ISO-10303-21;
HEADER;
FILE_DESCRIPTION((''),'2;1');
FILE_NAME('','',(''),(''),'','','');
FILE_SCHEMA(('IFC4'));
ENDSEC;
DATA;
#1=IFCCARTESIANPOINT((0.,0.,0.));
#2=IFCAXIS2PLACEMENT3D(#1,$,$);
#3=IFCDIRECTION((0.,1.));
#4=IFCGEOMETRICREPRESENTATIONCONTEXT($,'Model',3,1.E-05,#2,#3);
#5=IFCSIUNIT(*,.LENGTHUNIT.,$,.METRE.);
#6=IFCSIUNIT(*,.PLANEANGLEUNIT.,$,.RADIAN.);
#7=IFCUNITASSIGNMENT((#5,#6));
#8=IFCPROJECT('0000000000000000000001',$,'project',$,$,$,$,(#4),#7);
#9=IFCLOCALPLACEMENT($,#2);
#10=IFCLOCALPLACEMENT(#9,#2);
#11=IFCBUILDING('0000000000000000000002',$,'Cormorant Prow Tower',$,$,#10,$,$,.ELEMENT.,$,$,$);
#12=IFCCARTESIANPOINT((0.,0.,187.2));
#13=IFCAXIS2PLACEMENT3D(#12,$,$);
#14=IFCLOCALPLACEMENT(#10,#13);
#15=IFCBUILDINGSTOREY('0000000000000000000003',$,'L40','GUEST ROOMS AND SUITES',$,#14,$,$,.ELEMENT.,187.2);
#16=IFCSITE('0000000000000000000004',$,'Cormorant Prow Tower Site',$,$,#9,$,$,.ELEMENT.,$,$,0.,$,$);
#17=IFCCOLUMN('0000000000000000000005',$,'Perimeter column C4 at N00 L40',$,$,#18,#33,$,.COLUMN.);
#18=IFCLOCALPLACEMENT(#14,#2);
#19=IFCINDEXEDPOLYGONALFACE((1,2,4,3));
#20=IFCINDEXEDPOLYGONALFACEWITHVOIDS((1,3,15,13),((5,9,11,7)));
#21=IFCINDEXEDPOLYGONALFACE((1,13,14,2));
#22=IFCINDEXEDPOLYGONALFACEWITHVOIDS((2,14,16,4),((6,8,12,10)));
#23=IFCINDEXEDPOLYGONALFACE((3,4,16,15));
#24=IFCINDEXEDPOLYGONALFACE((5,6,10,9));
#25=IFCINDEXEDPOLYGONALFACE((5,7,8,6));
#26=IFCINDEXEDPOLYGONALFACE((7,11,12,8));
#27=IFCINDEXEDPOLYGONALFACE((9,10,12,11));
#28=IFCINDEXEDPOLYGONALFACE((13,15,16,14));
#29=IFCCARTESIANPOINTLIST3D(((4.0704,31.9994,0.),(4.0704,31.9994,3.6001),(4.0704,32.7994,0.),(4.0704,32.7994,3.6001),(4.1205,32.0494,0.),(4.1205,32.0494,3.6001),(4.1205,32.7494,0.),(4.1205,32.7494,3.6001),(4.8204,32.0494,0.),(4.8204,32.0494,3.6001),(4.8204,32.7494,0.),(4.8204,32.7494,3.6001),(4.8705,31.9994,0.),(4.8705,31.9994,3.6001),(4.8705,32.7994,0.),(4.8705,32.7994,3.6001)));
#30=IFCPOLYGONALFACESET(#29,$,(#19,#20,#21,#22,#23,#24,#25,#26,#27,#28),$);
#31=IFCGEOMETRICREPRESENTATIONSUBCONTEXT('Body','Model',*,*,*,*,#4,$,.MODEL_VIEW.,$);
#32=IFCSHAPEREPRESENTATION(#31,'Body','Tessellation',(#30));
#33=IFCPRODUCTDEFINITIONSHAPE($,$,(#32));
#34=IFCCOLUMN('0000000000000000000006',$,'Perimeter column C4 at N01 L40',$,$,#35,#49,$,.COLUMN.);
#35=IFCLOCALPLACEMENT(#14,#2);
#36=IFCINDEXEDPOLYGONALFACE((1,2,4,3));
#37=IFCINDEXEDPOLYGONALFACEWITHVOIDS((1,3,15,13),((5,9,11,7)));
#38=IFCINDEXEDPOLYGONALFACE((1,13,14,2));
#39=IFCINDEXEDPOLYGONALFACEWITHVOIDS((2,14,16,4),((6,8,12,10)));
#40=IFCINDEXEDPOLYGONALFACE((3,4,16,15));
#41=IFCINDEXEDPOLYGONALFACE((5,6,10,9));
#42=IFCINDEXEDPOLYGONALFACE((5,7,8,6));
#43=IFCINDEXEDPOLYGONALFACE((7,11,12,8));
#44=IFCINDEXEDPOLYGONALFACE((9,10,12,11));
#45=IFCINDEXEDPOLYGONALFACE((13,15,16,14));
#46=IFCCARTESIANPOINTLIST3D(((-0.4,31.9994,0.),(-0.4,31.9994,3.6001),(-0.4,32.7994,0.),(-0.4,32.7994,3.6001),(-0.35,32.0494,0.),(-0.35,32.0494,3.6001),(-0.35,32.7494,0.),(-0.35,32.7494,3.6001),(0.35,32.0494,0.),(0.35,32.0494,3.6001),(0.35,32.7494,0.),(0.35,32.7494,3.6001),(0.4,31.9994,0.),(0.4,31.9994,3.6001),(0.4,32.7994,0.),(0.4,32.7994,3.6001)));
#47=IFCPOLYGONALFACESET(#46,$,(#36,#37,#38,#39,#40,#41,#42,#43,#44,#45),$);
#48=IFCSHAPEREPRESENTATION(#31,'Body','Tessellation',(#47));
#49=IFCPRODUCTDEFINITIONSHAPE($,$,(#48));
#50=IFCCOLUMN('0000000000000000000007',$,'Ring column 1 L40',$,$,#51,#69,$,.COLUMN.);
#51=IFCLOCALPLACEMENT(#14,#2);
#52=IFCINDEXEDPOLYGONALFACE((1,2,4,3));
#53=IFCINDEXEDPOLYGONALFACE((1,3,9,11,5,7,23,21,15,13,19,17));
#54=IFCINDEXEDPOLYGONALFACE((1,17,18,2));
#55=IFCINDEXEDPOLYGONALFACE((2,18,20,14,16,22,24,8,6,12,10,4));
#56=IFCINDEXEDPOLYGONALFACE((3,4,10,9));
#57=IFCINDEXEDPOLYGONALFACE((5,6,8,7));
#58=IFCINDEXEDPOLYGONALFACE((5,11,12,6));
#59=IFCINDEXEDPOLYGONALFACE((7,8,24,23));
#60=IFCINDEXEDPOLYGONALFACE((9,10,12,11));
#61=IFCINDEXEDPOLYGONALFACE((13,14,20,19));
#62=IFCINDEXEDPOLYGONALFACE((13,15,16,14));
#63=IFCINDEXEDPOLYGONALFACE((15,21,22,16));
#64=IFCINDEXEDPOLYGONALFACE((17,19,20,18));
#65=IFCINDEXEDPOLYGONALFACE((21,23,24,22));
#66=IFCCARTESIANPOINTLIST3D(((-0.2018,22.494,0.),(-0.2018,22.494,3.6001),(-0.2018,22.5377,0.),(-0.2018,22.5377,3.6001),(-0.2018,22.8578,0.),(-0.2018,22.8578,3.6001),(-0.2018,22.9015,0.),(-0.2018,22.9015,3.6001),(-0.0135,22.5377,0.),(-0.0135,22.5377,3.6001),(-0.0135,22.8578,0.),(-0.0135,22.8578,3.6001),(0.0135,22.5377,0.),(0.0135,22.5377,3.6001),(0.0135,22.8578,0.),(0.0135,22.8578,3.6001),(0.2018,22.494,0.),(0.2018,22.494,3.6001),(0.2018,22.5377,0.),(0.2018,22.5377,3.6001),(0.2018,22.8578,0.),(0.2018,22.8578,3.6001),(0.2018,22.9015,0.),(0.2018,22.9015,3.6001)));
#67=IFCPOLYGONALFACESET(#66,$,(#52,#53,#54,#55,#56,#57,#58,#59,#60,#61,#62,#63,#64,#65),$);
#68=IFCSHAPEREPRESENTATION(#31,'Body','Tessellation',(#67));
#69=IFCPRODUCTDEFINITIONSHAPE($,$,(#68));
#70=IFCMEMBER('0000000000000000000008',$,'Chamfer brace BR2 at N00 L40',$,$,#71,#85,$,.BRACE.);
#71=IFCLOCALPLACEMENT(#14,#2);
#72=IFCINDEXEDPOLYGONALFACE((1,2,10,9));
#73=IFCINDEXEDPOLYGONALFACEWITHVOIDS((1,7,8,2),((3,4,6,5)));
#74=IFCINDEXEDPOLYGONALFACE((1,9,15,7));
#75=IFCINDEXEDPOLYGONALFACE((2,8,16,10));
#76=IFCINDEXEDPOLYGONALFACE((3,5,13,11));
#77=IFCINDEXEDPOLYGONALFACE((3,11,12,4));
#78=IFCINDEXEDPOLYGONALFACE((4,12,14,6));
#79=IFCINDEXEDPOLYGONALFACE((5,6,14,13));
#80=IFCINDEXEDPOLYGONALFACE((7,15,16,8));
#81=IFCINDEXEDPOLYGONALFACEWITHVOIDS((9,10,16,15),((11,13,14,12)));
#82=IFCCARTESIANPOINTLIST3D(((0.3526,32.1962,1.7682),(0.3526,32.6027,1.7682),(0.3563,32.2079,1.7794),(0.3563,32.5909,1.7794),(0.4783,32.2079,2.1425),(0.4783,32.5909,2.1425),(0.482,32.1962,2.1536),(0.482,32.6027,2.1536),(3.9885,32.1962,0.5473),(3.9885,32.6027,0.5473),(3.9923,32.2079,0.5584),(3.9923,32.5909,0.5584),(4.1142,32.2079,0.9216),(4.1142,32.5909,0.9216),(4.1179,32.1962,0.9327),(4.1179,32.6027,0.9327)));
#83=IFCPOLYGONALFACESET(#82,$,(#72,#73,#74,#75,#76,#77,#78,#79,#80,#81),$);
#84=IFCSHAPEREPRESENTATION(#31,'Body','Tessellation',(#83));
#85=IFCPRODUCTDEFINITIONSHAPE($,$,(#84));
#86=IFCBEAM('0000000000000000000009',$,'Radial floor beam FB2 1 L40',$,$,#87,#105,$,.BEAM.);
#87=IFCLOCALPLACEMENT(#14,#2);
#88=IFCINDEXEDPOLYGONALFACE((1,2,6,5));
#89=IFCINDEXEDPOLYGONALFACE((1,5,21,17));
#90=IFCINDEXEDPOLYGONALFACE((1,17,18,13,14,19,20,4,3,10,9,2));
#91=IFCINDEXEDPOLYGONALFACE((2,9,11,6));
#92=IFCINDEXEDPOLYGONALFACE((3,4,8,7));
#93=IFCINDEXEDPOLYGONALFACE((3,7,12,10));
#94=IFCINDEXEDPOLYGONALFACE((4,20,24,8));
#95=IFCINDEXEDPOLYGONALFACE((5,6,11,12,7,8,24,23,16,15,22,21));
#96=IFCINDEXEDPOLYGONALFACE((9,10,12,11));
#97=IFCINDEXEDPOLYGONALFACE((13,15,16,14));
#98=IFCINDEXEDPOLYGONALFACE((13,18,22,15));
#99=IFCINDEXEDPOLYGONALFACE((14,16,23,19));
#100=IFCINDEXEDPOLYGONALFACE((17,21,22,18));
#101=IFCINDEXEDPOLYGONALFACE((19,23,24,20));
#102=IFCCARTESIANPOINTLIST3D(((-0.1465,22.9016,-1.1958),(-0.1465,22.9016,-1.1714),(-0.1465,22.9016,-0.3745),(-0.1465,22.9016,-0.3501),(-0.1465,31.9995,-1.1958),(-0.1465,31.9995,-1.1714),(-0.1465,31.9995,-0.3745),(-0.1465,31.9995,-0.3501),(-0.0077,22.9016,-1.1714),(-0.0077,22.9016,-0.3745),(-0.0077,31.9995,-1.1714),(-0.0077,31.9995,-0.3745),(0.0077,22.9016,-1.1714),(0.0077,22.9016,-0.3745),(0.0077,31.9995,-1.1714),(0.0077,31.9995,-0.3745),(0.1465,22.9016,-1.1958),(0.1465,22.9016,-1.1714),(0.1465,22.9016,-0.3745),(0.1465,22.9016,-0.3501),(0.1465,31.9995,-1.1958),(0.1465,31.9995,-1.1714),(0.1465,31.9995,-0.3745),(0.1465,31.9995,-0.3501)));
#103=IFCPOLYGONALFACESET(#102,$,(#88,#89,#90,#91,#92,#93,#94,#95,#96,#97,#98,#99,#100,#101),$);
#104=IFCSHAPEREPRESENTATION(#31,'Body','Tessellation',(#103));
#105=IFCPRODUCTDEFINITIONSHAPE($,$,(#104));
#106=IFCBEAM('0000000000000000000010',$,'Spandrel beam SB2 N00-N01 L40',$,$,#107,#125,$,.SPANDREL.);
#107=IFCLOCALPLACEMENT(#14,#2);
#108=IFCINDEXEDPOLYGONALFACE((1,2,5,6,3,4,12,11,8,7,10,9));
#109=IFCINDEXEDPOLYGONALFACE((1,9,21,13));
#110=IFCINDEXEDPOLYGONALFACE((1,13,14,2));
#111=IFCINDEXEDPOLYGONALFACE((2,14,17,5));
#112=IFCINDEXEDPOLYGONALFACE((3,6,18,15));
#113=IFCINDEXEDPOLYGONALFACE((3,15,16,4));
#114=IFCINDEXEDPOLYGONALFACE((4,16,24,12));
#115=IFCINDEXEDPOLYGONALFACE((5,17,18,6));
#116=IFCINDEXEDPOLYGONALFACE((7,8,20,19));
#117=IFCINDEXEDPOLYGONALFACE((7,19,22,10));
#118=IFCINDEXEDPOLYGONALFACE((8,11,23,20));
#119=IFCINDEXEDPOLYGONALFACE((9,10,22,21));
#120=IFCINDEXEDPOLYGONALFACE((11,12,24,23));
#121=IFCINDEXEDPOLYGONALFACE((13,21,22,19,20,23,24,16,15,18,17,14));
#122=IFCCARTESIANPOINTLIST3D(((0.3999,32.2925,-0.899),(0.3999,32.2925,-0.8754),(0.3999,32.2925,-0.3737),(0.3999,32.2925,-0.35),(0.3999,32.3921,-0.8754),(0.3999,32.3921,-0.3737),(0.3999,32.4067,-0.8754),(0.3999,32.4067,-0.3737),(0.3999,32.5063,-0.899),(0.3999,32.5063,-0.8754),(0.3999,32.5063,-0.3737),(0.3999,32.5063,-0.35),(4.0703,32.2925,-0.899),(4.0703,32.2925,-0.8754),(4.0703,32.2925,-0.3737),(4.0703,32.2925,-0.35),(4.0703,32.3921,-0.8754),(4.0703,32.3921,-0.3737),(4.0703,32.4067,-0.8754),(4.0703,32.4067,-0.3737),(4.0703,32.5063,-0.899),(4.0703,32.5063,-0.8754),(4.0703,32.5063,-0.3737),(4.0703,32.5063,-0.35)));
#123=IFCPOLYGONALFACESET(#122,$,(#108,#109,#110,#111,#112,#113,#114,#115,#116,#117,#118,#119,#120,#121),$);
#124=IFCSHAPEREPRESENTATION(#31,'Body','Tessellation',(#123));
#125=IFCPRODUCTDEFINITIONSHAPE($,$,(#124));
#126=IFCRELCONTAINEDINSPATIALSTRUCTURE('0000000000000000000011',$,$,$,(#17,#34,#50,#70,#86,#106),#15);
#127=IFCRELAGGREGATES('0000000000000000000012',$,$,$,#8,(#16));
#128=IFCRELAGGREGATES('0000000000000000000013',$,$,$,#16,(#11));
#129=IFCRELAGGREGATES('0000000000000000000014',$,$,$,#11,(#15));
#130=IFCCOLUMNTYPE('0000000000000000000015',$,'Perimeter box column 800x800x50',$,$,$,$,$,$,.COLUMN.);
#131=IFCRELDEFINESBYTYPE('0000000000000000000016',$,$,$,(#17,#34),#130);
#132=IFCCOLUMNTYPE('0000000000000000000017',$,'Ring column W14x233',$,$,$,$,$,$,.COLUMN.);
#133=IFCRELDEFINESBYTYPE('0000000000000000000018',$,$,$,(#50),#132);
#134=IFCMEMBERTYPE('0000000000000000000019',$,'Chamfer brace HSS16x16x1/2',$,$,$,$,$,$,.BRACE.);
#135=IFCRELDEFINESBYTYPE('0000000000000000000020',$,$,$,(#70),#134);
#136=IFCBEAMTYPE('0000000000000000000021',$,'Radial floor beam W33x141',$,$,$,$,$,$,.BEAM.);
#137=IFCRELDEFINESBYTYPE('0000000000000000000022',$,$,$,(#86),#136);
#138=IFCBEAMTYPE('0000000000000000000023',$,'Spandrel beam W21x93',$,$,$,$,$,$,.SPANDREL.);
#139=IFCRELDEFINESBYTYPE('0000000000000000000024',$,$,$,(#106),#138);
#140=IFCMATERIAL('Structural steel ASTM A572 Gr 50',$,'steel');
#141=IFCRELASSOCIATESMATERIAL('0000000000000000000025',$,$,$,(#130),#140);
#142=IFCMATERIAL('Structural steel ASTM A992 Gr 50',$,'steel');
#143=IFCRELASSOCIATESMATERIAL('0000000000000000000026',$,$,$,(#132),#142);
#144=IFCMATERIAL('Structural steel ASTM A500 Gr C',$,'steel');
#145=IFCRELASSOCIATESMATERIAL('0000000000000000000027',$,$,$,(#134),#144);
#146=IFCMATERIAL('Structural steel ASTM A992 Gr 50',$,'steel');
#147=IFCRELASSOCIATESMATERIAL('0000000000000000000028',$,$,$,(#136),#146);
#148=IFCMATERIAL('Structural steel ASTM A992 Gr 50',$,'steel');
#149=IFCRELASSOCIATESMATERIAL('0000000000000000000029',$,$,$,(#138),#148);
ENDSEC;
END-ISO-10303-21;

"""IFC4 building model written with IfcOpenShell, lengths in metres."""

from ifc_helpers import new_model, si_unit, direction, frame, origin, origin_2d, place, context, subcontext, project, spatial, hollow_rectangle, i_section, extrude, material, material_profile, profile_set, type_object, element, save


model = new_model("IFC4")

# Units and contexts
model_context = context("Model", 3, precision=1e-05, world=origin(), true_north=direction((0.0, 1.0)))
body_context = subcontext(model_context, "Body", "Model", "MODEL_VIEW")
ifc_project = project(units=[si_unit("LENGTHUNIT", "METRE"), si_unit("PLANEANGLEUNIT", "RADIAN")], contexts=[model_context])

# Site, building, storey
site_placement = place(None, origin())
site = spatial("IfcSite", under=ifc_project, at=site_placement, Name="Cormorant Prow Tower Site", CompositionType="ELEMENT", RefElevation=0.0)
building_placement = place(site_placement, origin())
building = spatial("IfcBuilding", under=site, at=building_placement, Name="Cormorant Prow Tower", CompositionType="ELEMENT")
storey_placement = place(building_placement, frame((0.0, 0.0, 187.2)))
storey = spatial("IfcBuildingStorey", under=building, at=storey_placement, Name="L40", Description="GUEST ROOMS AND SUITES", CompositionType="ELEMENT", Elevation=187.2)

# Columns
ifc_material_1 = material(Name="Structural steel ASTM A572 Gr 50", Category="steel")
ifc_material_profile_1 = material_profile(ifc_material_1, hollow_rectangle(XDim=0.8, YDim=0.8, WallThickness=0.05, at=origin_2d()), Name="Box 800x800x50")
ifc_profile_set_1 = profile_set([ifc_material_profile_1], Name="Structural steel ASTM A572 Gr 50")
column_type_1 = type_object("IfcColumnType", Name="Perimeter box column 800x800x50", PredefinedType="COLUMN", material=ifc_profile_set_1)
for number, where, z_axis, x_axis, name in (
    (1, (4.4705, 32.3994, 0.0), (0.0, 0.0, 1.0), (1.0, 0.0, 0.0), "Perimeter column C4 at N00 L40"),
    (2, (0.0, 32.3994, 0.0), (0.0, 0.0, 1.0), (1.0, 0.0, 0.0), "Perimeter column C4 at N01 L40"),
):
    element("IfcColumn", number, at=place(storey_placement, frame(where, z_axis=z_axis, x_axis=x_axis)), inside=storey, type_object=column_type_1, Name=name, PredefinedType="COLUMN", context=body_context, shape_type="SweptSolid", body=[
        extrude(hollow_rectangle(XDim=0.8, YDim=0.8, WallThickness=0.05, at=origin_2d()), origin(), (0.0, 0.0, 1.0), 3.6001),
    ])
ifc_material_2 = material(Name="Structural steel ASTM A992 Gr 50", Category="steel")
ifc_material_profile_2 = material_profile(ifc_material_2, i_section(OverallWidth=0.4036, OverallDepth=0.4075, WebThickness=0.0271, FlangeThickness=0.0437, at=origin_2d()), Name="W14x233")
ifc_profile_set_2 = profile_set([ifc_material_profile_2], Name="Structural steel ASTM A992 Gr 50")
column_type_2 = type_object("IfcColumnType", Name="Ring column W14x233", PredefinedType="COLUMN", material=ifc_profile_set_2)
column_placement = place(storey_placement, frame((0.0, 22.6978, 0.0), z_axis=(0.0, 0.0, 1.0), x_axis=(1.0, 0.0, 0.0)))
element("IfcColumn", 3, at=column_placement, inside=storey, type_object=column_type_2, Name="Ring column 1 L40", PredefinedType="COLUMN", context=body_context, shape_type="SweptSolid", body=[
    extrude(i_section(OverallWidth=0.4036, OverallDepth=0.4075, WebThickness=0.0271, FlangeThickness=0.0437, at=origin_2d()), origin(), (0.0, 0.0, 1.0), 3.6001),
])

# Member
ifc_material_3 = material(Name="Structural steel ASTM A500 Gr C", Category="steel")
ifc_material_profile_3 = material_profile(ifc_material_3, hollow_rectangle(XDim=0.4065, YDim=0.4065, WallThickness=0.0117, at=origin_2d()), Name="HSS16x16x1/2")
ifc_profile_set_3 = profile_set([ifc_material_profile_3], Name="Structural steel ASTM A500 Gr C")
member_type = type_object("IfcMemberType", Name="Chamfer brace HSS16x16x1/2", PredefinedType="BRACE", material=ifc_profile_set_3)
member_placement = place(storey_placement, frame((4.0532, 32.3994, 0.74), z_axis=(-0.947981, 0.0, 0.318328), x_axis=(0.0, -1.0, 0.0)))
element("IfcMember", 4, at=member_placement, inside=storey, type_object=member_type, Name="Chamfer brace BR2 at N00 L40", PredefinedType="BRACE", context=body_context, shape_type="SweptSolid", body=[
    extrude(hollow_rectangle(XDim=0.4065, YDim=0.4065, WallThickness=0.0117, at=origin_2d()), origin(), (0.0, 0.0, 1.0), 3.8354),
])

# Beams
ifc_material_4 = material(Name="Structural steel ASTM A992 Gr 50", Category="steel")
ifc_material_profile_4 = material_profile(ifc_material_4, i_section(OverallWidth=0.293, OverallDepth=0.8457, WebThickness=0.0154, FlangeThickness=0.0244, at=origin_2d()), Name="W33x141")
ifc_profile_set_4 = profile_set([ifc_material_profile_4], Name="Structural steel ASTM A992 Gr 50")
beam_type_1 = type_object("IfcBeamType", Name="Radial floor beam W33x141", PredefinedType="BEAM", material=ifc_profile_set_4)
beam_1_placement = place(storey_placement, frame((0.0, 22.9016, -0.7729), z_axis=(0.0, 1.0, 0.0), x_axis=(-1.0, 0.0, 0.0)))
element("IfcBeam", 5, at=beam_1_placement, inside=storey, type_object=beam_type_1, Name="Radial floor beam FB2 1 L40", PredefinedType="BEAM", context=body_context, shape_type="SweptSolid", body=[
    extrude(i_section(OverallWidth=0.293, OverallDepth=0.8457, WebThickness=0.0154, FlangeThickness=0.0244, at=origin_2d()), origin(), (0.0, 0.0, 1.0), 9.0979),
])
ifc_material_5 = material(Name="Structural steel ASTM A992 Gr 50", Category="steel")
ifc_material_profile_5 = material_profile(ifc_material_5, i_section(OverallWidth=0.2139, OverallDepth=0.5491, WebThickness=0.0146, FlangeThickness=0.0237, at=origin_2d()), Name="W21x93")
ifc_profile_set_5 = profile_set([ifc_material_profile_5], Name="Structural steel ASTM A992 Gr 50")
beam_type_2 = type_object("IfcBeamType", Name="Spandrel beam W21x93", PredefinedType="SPANDREL", material=ifc_profile_set_5)
beam_2_placement = place(storey_placement, frame((4.0703, 32.3994, -0.6245), z_axis=(-1.0, 0.0, 0.0), x_axis=(0.0, -1.0, 0.0)))
element("IfcBeam", 6, at=beam_2_placement, inside=storey, type_object=beam_type_2, Name="Spandrel beam SB2 N00-N01 L40", PredefinedType="SPANDREL", context=body_context, shape_type="SweptSolid", body=[
    extrude(i_section(OverallWidth=0.2139, OverallDepth=0.5491, WebThickness=0.0146, FlangeThickness=0.0237, at=origin_2d()), origin(), (0.0, 0.0, 1.0), 3.6704),
])

save(model, "model.ifc")
